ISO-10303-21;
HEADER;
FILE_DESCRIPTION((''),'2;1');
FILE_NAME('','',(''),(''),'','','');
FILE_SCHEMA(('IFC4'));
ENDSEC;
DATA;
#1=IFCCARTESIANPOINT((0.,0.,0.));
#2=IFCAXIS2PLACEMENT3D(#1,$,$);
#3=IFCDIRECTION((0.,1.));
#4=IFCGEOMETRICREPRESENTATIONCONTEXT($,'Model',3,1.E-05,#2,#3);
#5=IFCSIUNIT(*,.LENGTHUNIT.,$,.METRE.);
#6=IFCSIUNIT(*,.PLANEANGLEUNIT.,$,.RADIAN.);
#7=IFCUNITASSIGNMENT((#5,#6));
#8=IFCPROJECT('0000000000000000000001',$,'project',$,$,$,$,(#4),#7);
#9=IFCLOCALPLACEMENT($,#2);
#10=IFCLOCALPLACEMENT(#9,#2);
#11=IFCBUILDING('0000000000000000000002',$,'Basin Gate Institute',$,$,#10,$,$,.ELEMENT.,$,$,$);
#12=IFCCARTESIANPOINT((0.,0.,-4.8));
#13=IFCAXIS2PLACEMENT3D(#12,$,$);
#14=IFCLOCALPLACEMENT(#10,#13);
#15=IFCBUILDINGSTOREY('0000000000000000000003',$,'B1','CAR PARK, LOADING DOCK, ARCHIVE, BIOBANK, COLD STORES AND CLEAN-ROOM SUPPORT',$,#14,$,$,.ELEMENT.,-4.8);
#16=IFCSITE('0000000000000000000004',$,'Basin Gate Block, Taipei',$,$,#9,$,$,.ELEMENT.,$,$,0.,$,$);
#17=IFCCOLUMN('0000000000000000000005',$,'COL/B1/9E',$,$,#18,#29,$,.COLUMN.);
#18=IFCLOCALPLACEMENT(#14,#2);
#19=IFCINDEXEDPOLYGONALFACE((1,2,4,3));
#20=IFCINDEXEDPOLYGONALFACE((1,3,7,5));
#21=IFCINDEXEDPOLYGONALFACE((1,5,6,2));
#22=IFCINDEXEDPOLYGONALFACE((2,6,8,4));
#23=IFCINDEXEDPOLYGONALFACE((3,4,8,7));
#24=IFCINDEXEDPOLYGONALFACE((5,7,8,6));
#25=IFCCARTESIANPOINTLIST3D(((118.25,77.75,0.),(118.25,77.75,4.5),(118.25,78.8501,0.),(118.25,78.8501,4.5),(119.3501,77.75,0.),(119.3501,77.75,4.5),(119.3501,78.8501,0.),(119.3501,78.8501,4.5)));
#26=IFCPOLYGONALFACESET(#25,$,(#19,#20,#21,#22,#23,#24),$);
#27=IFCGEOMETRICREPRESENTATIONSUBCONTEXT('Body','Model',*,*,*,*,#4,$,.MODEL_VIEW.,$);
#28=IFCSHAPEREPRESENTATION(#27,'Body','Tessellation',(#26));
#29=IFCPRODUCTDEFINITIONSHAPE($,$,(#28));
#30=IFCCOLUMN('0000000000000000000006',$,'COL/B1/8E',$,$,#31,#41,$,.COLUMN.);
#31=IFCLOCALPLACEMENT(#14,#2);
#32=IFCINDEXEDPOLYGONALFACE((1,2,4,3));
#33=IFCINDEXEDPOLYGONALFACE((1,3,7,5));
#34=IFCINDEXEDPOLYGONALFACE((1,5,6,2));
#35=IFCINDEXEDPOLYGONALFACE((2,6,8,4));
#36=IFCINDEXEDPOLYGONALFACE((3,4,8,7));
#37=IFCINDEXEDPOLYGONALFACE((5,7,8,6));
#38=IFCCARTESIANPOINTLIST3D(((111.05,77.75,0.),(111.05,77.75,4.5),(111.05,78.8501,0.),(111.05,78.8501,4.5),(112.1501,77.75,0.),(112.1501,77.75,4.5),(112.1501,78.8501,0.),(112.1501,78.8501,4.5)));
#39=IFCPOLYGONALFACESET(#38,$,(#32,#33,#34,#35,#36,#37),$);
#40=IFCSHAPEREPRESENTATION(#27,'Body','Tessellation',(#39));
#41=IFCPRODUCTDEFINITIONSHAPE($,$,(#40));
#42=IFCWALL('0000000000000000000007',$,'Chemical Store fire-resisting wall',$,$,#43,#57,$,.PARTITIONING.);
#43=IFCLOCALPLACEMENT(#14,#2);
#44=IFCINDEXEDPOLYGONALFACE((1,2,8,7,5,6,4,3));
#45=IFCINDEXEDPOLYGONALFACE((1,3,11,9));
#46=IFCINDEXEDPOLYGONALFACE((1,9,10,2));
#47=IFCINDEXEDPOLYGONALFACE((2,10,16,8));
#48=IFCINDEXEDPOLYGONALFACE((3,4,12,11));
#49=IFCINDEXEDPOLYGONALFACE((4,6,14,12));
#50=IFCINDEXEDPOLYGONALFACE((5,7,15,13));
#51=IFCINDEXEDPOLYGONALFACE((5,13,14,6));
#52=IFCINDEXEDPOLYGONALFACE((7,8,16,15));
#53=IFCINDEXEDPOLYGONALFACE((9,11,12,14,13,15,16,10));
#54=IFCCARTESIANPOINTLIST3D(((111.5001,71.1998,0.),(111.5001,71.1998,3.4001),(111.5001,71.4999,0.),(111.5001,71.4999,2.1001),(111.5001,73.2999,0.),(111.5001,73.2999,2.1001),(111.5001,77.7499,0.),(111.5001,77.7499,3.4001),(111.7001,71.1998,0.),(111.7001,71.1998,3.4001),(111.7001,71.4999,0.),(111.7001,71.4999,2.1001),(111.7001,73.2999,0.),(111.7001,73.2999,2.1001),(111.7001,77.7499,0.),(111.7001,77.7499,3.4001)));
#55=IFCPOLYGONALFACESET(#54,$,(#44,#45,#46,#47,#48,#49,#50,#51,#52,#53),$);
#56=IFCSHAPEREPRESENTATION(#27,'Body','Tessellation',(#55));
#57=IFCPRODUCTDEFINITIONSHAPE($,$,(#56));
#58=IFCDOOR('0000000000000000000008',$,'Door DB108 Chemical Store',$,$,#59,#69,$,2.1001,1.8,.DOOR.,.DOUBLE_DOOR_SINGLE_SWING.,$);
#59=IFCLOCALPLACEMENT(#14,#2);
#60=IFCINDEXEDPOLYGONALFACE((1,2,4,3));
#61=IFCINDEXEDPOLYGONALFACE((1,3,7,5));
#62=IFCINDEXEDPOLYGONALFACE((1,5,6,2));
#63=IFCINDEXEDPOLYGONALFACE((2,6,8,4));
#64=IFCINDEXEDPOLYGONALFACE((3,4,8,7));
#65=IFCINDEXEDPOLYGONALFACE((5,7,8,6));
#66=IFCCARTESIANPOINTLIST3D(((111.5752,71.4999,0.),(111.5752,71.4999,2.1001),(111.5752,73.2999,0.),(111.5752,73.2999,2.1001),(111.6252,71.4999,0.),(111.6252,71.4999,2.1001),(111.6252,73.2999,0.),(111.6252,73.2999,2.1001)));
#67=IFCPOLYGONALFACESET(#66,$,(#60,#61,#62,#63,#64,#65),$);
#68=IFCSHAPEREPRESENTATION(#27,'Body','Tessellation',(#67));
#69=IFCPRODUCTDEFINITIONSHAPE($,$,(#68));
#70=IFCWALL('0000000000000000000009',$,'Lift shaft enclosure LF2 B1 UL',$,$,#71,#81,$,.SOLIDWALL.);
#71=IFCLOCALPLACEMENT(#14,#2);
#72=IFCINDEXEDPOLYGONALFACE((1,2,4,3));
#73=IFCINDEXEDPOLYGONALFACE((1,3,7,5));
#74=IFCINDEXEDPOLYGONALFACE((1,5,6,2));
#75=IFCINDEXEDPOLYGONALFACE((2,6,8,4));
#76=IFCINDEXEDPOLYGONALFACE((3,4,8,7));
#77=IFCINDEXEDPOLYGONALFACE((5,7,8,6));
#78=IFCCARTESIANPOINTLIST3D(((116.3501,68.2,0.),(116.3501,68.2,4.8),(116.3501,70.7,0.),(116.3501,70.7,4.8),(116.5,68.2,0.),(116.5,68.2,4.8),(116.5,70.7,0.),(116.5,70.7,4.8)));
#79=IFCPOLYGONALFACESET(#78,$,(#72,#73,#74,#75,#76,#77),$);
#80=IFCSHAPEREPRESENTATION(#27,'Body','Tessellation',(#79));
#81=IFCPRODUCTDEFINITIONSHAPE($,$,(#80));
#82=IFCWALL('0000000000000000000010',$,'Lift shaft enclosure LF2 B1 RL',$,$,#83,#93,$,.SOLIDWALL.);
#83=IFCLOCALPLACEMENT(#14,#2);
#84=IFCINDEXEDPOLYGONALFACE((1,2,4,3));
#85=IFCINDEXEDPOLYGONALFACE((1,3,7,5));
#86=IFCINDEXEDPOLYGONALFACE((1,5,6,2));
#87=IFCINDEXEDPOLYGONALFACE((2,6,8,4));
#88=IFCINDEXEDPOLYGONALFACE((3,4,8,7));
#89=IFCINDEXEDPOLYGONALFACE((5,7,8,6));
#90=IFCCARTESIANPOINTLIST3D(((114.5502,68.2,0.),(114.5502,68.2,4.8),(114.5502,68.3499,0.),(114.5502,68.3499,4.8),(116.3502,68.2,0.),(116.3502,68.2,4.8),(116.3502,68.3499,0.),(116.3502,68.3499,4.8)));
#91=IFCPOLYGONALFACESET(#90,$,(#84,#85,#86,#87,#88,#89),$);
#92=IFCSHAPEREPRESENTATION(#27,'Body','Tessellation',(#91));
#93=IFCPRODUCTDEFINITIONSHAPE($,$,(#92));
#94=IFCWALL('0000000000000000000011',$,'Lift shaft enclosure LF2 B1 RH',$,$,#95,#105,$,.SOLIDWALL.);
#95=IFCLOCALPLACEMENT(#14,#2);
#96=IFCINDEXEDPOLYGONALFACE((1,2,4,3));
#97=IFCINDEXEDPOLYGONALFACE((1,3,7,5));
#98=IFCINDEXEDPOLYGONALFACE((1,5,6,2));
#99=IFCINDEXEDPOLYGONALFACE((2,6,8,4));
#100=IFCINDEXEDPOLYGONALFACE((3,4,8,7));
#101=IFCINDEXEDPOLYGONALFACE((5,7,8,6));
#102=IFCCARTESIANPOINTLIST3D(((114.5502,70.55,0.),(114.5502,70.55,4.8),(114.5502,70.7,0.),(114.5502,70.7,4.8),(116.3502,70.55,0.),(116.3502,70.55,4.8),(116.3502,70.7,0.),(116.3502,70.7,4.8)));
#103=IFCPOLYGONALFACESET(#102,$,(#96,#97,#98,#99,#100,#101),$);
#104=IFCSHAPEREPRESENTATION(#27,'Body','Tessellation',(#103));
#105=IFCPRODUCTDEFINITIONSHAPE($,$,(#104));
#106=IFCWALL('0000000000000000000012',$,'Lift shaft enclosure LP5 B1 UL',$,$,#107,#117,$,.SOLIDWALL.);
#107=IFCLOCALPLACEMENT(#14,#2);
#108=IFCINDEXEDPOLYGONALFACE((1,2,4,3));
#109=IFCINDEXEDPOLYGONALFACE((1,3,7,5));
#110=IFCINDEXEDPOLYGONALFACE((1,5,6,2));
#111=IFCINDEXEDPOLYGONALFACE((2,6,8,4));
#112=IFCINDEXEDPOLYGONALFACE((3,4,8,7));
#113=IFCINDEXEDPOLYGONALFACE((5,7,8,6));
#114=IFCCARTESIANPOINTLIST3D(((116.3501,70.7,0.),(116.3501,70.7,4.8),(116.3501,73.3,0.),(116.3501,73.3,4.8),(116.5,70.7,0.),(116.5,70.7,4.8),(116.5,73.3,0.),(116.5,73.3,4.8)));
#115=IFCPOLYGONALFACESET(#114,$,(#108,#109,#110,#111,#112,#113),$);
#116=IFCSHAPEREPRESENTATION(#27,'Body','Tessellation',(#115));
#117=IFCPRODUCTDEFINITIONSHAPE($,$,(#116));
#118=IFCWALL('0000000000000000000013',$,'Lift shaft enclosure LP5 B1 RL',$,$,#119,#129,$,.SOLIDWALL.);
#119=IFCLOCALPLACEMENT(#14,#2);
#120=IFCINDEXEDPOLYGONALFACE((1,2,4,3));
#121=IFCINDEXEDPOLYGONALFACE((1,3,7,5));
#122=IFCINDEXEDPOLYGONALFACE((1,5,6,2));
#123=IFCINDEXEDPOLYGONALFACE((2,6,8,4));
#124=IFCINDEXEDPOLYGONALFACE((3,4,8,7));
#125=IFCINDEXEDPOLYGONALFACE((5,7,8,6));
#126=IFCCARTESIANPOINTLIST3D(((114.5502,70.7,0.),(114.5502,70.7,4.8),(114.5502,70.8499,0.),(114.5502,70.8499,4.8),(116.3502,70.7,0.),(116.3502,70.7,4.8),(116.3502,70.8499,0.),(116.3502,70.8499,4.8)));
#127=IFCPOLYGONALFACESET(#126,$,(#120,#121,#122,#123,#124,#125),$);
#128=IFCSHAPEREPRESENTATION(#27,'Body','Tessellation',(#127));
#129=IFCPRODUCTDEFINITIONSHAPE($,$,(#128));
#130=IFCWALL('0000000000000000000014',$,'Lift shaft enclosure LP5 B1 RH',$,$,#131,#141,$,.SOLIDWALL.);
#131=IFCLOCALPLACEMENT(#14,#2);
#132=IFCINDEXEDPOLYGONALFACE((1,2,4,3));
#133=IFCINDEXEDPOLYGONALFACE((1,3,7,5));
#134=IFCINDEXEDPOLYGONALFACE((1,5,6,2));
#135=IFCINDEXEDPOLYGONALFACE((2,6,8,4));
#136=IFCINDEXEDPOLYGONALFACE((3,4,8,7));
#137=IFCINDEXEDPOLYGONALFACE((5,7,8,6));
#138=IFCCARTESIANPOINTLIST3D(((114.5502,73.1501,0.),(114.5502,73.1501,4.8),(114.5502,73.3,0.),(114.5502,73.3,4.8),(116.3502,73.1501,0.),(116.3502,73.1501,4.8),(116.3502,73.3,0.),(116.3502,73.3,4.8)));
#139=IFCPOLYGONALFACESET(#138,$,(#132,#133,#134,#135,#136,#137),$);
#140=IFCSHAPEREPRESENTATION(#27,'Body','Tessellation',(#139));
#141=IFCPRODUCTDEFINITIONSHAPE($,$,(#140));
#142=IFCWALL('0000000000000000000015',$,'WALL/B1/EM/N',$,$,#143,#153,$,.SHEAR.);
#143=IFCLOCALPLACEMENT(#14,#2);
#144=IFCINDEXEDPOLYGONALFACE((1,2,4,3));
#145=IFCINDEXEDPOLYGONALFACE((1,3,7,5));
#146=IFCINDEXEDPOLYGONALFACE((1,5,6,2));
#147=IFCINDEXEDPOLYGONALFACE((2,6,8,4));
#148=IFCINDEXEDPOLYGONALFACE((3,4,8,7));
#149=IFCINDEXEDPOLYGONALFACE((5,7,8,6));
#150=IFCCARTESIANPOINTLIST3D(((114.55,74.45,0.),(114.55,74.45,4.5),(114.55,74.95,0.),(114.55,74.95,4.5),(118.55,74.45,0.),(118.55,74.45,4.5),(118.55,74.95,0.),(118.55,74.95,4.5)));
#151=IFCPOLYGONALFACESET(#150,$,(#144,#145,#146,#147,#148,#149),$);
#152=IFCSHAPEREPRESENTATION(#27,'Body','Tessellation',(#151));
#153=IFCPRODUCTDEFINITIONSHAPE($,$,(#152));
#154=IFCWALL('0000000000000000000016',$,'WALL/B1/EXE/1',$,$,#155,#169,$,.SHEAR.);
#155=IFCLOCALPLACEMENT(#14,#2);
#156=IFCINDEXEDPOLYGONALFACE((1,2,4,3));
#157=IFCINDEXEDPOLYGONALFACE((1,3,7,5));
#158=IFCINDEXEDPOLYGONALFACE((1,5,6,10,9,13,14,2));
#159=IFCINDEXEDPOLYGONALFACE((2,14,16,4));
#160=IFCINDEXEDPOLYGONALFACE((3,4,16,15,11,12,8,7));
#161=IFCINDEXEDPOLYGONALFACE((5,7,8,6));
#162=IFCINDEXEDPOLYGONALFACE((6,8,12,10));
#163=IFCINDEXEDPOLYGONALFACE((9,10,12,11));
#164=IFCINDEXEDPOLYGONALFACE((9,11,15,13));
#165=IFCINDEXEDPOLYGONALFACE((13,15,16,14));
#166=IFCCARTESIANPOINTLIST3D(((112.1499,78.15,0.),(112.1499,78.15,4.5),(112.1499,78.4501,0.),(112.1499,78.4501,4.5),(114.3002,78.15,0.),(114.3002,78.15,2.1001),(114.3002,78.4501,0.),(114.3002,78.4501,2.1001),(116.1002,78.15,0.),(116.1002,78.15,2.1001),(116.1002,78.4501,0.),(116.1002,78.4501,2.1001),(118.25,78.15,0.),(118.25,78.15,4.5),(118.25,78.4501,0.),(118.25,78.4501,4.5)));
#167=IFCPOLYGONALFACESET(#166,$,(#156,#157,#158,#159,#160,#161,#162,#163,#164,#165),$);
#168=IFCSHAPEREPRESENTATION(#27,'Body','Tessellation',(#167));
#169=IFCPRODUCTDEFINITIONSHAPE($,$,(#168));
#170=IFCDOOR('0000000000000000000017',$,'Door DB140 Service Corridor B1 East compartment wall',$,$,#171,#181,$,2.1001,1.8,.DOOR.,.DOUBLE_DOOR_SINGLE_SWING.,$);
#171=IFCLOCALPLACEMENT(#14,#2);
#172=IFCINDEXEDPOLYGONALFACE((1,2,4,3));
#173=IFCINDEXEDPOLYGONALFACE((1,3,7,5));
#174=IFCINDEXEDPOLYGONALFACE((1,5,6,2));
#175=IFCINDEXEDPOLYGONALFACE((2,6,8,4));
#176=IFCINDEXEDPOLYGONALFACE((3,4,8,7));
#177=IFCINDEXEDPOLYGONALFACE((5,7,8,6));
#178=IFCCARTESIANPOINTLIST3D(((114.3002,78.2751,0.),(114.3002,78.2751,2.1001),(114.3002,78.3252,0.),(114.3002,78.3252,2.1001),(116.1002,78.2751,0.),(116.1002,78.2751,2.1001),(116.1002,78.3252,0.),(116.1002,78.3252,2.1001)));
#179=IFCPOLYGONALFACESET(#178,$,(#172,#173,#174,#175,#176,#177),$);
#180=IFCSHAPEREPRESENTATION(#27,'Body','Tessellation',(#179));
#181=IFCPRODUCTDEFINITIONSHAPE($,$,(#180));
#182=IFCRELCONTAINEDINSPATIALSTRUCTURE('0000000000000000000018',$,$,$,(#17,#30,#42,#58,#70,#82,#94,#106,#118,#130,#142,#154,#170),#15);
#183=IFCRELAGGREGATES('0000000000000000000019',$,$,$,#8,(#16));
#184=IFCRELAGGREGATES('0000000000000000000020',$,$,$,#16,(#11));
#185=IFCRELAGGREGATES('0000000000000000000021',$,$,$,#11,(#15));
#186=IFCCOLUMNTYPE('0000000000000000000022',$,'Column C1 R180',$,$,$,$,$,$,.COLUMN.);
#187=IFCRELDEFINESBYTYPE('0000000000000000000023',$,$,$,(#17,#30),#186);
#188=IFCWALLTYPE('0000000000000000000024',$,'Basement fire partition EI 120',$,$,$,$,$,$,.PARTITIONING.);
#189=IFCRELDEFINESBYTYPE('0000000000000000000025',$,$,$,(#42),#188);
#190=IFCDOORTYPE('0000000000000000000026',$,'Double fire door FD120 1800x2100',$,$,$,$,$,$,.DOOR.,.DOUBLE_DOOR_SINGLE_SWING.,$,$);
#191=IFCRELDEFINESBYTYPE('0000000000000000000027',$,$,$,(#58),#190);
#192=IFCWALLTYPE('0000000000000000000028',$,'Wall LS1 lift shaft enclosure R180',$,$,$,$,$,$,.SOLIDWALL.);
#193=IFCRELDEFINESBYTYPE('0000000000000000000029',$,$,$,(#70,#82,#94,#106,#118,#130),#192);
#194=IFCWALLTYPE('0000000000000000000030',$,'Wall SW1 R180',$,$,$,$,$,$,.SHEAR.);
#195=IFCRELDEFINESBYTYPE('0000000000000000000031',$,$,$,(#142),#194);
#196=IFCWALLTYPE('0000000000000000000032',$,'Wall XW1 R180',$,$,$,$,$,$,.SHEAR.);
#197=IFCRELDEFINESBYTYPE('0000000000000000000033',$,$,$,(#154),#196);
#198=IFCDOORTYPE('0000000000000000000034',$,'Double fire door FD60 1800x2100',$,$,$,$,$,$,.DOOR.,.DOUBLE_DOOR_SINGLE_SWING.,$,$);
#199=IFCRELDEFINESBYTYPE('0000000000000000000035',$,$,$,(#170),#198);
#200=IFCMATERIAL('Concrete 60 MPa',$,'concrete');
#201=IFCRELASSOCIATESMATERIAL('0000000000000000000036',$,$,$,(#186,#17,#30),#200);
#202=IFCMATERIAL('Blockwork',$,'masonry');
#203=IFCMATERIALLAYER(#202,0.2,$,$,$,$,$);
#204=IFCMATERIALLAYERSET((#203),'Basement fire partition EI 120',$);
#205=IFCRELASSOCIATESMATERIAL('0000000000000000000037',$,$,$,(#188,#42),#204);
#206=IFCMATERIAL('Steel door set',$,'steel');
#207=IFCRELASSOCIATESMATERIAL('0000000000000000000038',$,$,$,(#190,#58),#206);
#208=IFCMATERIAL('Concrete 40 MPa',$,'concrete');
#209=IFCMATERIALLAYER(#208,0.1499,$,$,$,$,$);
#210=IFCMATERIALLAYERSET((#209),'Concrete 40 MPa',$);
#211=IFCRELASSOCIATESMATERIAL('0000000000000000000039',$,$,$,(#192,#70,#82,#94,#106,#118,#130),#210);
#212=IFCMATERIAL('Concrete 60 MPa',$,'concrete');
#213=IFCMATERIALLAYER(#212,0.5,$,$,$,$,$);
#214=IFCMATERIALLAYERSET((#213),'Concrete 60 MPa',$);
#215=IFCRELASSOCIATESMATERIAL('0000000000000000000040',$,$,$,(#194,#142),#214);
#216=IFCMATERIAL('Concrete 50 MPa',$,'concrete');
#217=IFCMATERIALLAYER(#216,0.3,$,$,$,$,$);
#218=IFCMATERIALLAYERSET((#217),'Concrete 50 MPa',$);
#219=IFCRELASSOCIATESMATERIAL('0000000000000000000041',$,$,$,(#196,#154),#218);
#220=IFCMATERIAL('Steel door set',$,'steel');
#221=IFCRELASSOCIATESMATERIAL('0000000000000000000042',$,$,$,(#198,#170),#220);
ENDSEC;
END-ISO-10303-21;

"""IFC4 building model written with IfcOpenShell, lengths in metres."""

from ifc_helpers import new_model, si_unit, direction, frame, frame_2d, origin, origin_2d, place, context, subcontext, project, spatial, rectangle, extrude, material, layer, layer_set, material_profile, profile_set, type_object, element, fill, save


model = new_model("IFC4")

# Units and contexts
model_context = context("Model", 3, precision=1e-05, world=origin(), true_north=direction((0.0, 1.0)))
body_context = subcontext(model_context, "Body", "Model", "MODEL_VIEW")
ifc_project = project(units=[si_unit("LENGTHUNIT", "METRE"), si_unit("PLANEANGLEUNIT", "RADIAN")], contexts=[model_context])

# Site, building, storey
site_placement = place(None, origin())
site = spatial("IfcSite", under=ifc_project, at=site_placement, Name="Basin Gate Block, Taipei", CompositionType="ELEMENT", RefElevation=0.0)
building_placement = place(site_placement, origin())
building = spatial("IfcBuilding", under=site, at=building_placement, Name="Basin Gate Institute", CompositionType="ELEMENT")
storey_placement = place(building_placement, frame((0.0, 0.0, -4.8)))
storey = spatial("IfcBuildingStorey", under=building, at=storey_placement, Name="B1", Description="CAR PARK, LOADING DOCK, ARCHIVE, BIOBANK, COLD STORES AND CLEAN-ROOM SUPPORT", CompositionType="ELEMENT", Elevation=-4.8)

# Columns
ifc_material_1 = material(Name="Concrete 60 MPa", Category="concrete")
ifc_material_profile = material_profile(ifc_material_1, rectangle(XDim=1.1001, YDim=1.1001, at=origin_2d()), Name="Column C1 1100 x 1100")
ifc_profile_set = profile_set([ifc_material_profile], Name="Concrete 60 MPa")
column_type = type_object("IfcColumnType", Name="Column C1 R180", PredefinedType="COLUMN", material=ifc_profile_set)
for number, where, z_axis, x_axis, name in (
    (1, (118.8, 78.3, 0.0), (0.0, 0.0, 1.0), (1.0, 0.0, 0.0), "COL/B1/9E"),
    (2, (111.6001, 78.3, 0.0), (0.0, 0.0, 1.0), (1.0, 0.0, 0.0), "COL/B1/8E"),
):
    element("IfcColumn", number, at=place(storey_placement, frame(where, z_axis=z_axis, x_axis=x_axis)), inside=storey, type_object=column_type, material=ifc_profile_set, Name=name, PredefinedType="COLUMN", context=body_context, shape_type="SweptSolid", body=[
        extrude(rectangle(XDim=1.1001, YDim=1.1001, at=origin_2d()), origin(), (0.0, 0.0, 1.0), 4.5),
    ])

# Wall, opening, door
ifc_material_2 = material(Name="Blockwork", Category="masonry")
ifc_layer_1 = layer(ifc_material_2, 0.2)
ifc_layer_set_1 = layer_set([ifc_layer_1], Name="Basement fire partition EI 120")
wall_type_1 = type_object("IfcWallType", Name="Basement fire partition EI 120", PredefinedType="PARTITIONING", material=ifc_layer_set_1)
wall_1_placement = place(storey_placement, frame((111.6001, 71.2, 0.0), z_axis=(0.0, 0.0, 1.0), x_axis=(0.0, 1.0, 0.0)))
wall_1 = element("IfcWall", 3, at=wall_1_placement, inside=storey, type_object=wall_type_1, material=ifc_layer_set_1, Name="Chemical Store fire-resisting wall", PredefinedType="PARTITIONING", context=body_context, shape_type="SweptSolid", body=[
    extrude(rectangle(XDim=6.55, YDim=0.2, at=frame_2d((3.2749, 0.0))), origin(), (0.0, 0.0, 1.0), 3.4001),
])
opening_1_placement = place(wall_1_placement, frame((0.3, 0.0, 0.0)))
opening_1 = element("IfcOpeningElement", 4, at=opening_1_placement, cuts=wall_1, PredefinedType="OPENING", context=body_context, shape_type="SweptSolid", body=[
    extrude(rectangle(XDim=1.8, YDim=2.1001, at=frame_2d((0.8999, 1.05))), frame((0.0, 0.1099, 0.0), z_axis=(0.0, -1.0, 0.0), x_axis=(1.0, 0.0, 0.0)), (0.0, 0.0, 1.0), 0.22),
])
ifc_material_3 = material(Name="Steel door set", Category="steel")
door_type_1 = type_object("IfcDoorType", Name="Double fire door FD120 1800x2100", OperationType="DOUBLE_DOOR_SINGLE_SWING", PredefinedType="DOOR", material=ifc_material_3)
door_1_placement = place(opening_1_placement, origin())
door_1 = element("IfcDoor", 5, at=door_1_placement, inside=storey, type_object=door_type_1, material=ifc_material_3, Name="Door DB108 Chemical Store", OperationType="DOUBLE_DOOR_SINGLE_SWING", OverallHeight=2.1001, OverallWidth=1.8, PredefinedType="DOOR", context=body_context, shape_type="SweptSolid", body=[
    extrude(rectangle(XDim=1.8, YDim=2.1001, at=frame_2d((0.8999, 1.05))), frame((0.0, 0.0249, 0.0), z_axis=(0.0, -1.0, 0.0), x_axis=(1.0, 0.0, 0.0)), (0.0, 0.0, 1.0), 0.05),
])
fill(opening_1, door_1)

# Walls
ifc_material_4 = material(Name="Concrete 40 MPa", Category="concrete")
ifc_layer_2 = layer(ifc_material_4, 0.1499)
ifc_layer_set_2 = layer_set([ifc_layer_2], Name="Concrete 40 MPa")
wall_type_2 = type_object("IfcWallType", Name="Wall LS1 lift shaft enclosure R180", PredefinedType="SOLIDWALL", material=ifc_layer_set_2)
wall_2_placement = place(storey_placement, frame((116.425, 68.2, 0.0), z_axis=(0.0, 0.0, 1.0), x_axis=(0.0, 1.0, 0.0)))
element("IfcWall", 6, at=wall_2_placement, inside=storey, type_object=wall_type_2, material=ifc_layer_set_2, Name="Lift shaft enclosure LF2 B1 UL", PredefinedType="SOLIDWALL", context=body_context, shape_type="SweptSolid", body=[
    extrude(rectangle(XDim=2.5, YDim=0.1499, at=frame_2d((1.25, 0.0))), origin(), (0.0, 0.0, 1.0), 4.8),
])
for number, where, z_axis, x_axis, name in (
    (7, (116.3501, 68.2749, 0.0), (0.0, 0.0, 1.0), (-1.0, 0.0, 0.0), "Lift shaft enclosure LF2 B1 RL"),
    (8, (116.3501, 70.625, 0.0), (0.0, 0.0, 1.0), (-1.0, 0.0, 0.0), "Lift shaft enclosure LF2 B1 RH"),
):
    element("IfcWall", number, at=place(storey_placement, frame(where, z_axis=z_axis, x_axis=x_axis)), inside=storey, type_object=wall_type_2, material=ifc_layer_set_2, Name=name, PredefinedType="SOLIDWALL", context=body_context, shape_type="SweptSolid", body=[
        extrude(rectangle(XDim=1.8, YDim=0.1499, at=frame_2d((0.8999, 0.0))), origin(), (0.0, 0.0, 1.0), 4.8),
    ])
wall_3_placement = place(storey_placement, frame((116.425, 70.7, 0.0), z_axis=(0.0, 0.0, 1.0), x_axis=(0.0, 1.0, 0.0)))
element("IfcWall", 9, at=wall_3_placement, inside=storey, type_object=wall_type_2, material=ifc_layer_set_2, Name="Lift shaft enclosure LP5 B1 UL", PredefinedType="SOLIDWALL", context=body_context, shape_type="SweptSolid", body=[
    extrude(rectangle(XDim=2.6001, YDim=0.1499, at=frame_2d((1.3, 0.0))), origin(), (0.0, 0.0, 1.0), 4.8),
])
for number, where, z_axis, x_axis, name in (
    (10, (116.3501, 70.7749, 0.0), (0.0, 0.0, 1.0), (-1.0, 0.0, 0.0), "Lift shaft enclosure LP5 B1 RL"),
    (11, (116.3501, 73.2251, 0.0), (0.0, 0.0, 1.0), (-1.0, 0.0, 0.0), "Lift shaft enclosure LP5 B1 RH"),
):
    element("IfcWall", number, at=place(storey_placement, frame(where, z_axis=z_axis, x_axis=x_axis)), inside=storey, type_object=wall_type_2, material=ifc_layer_set_2, Name=name, PredefinedType="SOLIDWALL", context=body_context, shape_type="SweptSolid", body=[
        extrude(rectangle(XDim=1.8, YDim=0.1499, at=frame_2d((0.8999, 0.0))), origin(), (0.0, 0.0, 1.0), 4.8),
    ])
ifc_material_5 = material(Name="Concrete 60 MPa", Category="concrete")
ifc_layer_3 = layer(ifc_material_5, 0.5)
ifc_layer_set_3 = layer_set([ifc_layer_3], Name="Concrete 60 MPa")
wall_type_3 = type_object("IfcWallType", Name="Wall SW1 R180", PredefinedType="SHEAR", material=ifc_layer_set_3)
wall_4_placement = place(storey_placement, frame((118.55, 74.7, 0.0), z_axis=(0.0, 0.0, 1.0), x_axis=(-1.0, 0.0, 0.0)))
element("IfcWall", 12, at=wall_4_placement, inside=storey, type_object=wall_type_3, material=ifc_layer_set_3, Name="WALL/B1/EM/N", PredefinedType="SHEAR", context=body_context, shape_type="SweptSolid", body=[
    extrude(rectangle(XDim=4.0, YDim=0.5, at=frame_2d((2.0, 0.0))), origin(), (0.0, 0.0, 1.0), 4.5),
])

# Wall, opening, door
ifc_material_6 = material(Name="Concrete 50 MPa", Category="concrete")
ifc_layer_4 = layer(ifc_material_6, 0.3)
ifc_layer_set_4 = layer_set([ifc_layer_4], Name="Concrete 50 MPa")
wall_type_4 = type_object("IfcWallType", Name="Wall XW1 R180", PredefinedType="SHEAR", material=ifc_layer_set_4)
wall_5_placement = place(storey_placement, frame((118.25, 78.3, 0.0), z_axis=(0.0, 0.0, 1.0), x_axis=(-1.0, 0.0, 0.0)))
wall_5 = element("IfcWall", 13, at=wall_5_placement, inside=storey, type_object=wall_type_4, material=ifc_layer_set_4, Name="WALL/B1/EXE/1", PredefinedType="SHEAR", context=body_context, shape_type="SweptSolid", body=[
    extrude(rectangle(XDim=6.1001, YDim=0.3, at=frame_2d((3.05, 0.0))), origin(), (0.0, 0.0, 1.0), 4.5),
])
opening_2_placement = place(wall_5_placement, frame((2.1499, 0.0, 0.0)))
opening_2 = element("IfcOpeningElement", 14, at=opening_2_placement, cuts=wall_5, PredefinedType="OPENING", context=body_context, shape_type="SweptSolid", body=[
    extrude(rectangle(XDim=1.8, YDim=2.1001, at=frame_2d((0.8999, 1.05))), frame((0.0, 0.1602, 0.0), z_axis=(0.0, -1.0, 0.0), x_axis=(1.0, 0.0, 0.0)), (0.0, 0.0, 1.0), 0.3201),
])
ifc_material_7 = material(Name="Steel door set", Category="steel")
door_type_2 = type_object("IfcDoorType", Name="Double fire door FD60 1800x2100", OperationType="DOUBLE_DOOR_SINGLE_SWING", PredefinedType="DOOR", material=ifc_material_7)
door_2_placement = place(opening_2_placement, origin())
door_2 = element("IfcDoor", 15, at=door_2_placement, inside=storey, type_object=door_type_2, material=ifc_material_7, Name="Door DB140 Service Corridor B1 East compartment wall", OperationType="DOUBLE_DOOR_SINGLE_SWING", OverallHeight=2.1001, OverallWidth=1.8, PredefinedType="DOOR", context=body_context, shape_type="SweptSolid", body=[
    extrude(rectangle(XDim=1.8, YDim=2.1001, at=frame_2d((0.8999, 1.05))), frame((0.0, 0.0249, 0.0), z_axis=(0.0, -1.0, 0.0), x_axis=(1.0, 0.0, 0.0)), (0.0, 0.0, 1.0), 0.05),
])
fill(opening_2, door_2)

save(model, "model.ifc")
